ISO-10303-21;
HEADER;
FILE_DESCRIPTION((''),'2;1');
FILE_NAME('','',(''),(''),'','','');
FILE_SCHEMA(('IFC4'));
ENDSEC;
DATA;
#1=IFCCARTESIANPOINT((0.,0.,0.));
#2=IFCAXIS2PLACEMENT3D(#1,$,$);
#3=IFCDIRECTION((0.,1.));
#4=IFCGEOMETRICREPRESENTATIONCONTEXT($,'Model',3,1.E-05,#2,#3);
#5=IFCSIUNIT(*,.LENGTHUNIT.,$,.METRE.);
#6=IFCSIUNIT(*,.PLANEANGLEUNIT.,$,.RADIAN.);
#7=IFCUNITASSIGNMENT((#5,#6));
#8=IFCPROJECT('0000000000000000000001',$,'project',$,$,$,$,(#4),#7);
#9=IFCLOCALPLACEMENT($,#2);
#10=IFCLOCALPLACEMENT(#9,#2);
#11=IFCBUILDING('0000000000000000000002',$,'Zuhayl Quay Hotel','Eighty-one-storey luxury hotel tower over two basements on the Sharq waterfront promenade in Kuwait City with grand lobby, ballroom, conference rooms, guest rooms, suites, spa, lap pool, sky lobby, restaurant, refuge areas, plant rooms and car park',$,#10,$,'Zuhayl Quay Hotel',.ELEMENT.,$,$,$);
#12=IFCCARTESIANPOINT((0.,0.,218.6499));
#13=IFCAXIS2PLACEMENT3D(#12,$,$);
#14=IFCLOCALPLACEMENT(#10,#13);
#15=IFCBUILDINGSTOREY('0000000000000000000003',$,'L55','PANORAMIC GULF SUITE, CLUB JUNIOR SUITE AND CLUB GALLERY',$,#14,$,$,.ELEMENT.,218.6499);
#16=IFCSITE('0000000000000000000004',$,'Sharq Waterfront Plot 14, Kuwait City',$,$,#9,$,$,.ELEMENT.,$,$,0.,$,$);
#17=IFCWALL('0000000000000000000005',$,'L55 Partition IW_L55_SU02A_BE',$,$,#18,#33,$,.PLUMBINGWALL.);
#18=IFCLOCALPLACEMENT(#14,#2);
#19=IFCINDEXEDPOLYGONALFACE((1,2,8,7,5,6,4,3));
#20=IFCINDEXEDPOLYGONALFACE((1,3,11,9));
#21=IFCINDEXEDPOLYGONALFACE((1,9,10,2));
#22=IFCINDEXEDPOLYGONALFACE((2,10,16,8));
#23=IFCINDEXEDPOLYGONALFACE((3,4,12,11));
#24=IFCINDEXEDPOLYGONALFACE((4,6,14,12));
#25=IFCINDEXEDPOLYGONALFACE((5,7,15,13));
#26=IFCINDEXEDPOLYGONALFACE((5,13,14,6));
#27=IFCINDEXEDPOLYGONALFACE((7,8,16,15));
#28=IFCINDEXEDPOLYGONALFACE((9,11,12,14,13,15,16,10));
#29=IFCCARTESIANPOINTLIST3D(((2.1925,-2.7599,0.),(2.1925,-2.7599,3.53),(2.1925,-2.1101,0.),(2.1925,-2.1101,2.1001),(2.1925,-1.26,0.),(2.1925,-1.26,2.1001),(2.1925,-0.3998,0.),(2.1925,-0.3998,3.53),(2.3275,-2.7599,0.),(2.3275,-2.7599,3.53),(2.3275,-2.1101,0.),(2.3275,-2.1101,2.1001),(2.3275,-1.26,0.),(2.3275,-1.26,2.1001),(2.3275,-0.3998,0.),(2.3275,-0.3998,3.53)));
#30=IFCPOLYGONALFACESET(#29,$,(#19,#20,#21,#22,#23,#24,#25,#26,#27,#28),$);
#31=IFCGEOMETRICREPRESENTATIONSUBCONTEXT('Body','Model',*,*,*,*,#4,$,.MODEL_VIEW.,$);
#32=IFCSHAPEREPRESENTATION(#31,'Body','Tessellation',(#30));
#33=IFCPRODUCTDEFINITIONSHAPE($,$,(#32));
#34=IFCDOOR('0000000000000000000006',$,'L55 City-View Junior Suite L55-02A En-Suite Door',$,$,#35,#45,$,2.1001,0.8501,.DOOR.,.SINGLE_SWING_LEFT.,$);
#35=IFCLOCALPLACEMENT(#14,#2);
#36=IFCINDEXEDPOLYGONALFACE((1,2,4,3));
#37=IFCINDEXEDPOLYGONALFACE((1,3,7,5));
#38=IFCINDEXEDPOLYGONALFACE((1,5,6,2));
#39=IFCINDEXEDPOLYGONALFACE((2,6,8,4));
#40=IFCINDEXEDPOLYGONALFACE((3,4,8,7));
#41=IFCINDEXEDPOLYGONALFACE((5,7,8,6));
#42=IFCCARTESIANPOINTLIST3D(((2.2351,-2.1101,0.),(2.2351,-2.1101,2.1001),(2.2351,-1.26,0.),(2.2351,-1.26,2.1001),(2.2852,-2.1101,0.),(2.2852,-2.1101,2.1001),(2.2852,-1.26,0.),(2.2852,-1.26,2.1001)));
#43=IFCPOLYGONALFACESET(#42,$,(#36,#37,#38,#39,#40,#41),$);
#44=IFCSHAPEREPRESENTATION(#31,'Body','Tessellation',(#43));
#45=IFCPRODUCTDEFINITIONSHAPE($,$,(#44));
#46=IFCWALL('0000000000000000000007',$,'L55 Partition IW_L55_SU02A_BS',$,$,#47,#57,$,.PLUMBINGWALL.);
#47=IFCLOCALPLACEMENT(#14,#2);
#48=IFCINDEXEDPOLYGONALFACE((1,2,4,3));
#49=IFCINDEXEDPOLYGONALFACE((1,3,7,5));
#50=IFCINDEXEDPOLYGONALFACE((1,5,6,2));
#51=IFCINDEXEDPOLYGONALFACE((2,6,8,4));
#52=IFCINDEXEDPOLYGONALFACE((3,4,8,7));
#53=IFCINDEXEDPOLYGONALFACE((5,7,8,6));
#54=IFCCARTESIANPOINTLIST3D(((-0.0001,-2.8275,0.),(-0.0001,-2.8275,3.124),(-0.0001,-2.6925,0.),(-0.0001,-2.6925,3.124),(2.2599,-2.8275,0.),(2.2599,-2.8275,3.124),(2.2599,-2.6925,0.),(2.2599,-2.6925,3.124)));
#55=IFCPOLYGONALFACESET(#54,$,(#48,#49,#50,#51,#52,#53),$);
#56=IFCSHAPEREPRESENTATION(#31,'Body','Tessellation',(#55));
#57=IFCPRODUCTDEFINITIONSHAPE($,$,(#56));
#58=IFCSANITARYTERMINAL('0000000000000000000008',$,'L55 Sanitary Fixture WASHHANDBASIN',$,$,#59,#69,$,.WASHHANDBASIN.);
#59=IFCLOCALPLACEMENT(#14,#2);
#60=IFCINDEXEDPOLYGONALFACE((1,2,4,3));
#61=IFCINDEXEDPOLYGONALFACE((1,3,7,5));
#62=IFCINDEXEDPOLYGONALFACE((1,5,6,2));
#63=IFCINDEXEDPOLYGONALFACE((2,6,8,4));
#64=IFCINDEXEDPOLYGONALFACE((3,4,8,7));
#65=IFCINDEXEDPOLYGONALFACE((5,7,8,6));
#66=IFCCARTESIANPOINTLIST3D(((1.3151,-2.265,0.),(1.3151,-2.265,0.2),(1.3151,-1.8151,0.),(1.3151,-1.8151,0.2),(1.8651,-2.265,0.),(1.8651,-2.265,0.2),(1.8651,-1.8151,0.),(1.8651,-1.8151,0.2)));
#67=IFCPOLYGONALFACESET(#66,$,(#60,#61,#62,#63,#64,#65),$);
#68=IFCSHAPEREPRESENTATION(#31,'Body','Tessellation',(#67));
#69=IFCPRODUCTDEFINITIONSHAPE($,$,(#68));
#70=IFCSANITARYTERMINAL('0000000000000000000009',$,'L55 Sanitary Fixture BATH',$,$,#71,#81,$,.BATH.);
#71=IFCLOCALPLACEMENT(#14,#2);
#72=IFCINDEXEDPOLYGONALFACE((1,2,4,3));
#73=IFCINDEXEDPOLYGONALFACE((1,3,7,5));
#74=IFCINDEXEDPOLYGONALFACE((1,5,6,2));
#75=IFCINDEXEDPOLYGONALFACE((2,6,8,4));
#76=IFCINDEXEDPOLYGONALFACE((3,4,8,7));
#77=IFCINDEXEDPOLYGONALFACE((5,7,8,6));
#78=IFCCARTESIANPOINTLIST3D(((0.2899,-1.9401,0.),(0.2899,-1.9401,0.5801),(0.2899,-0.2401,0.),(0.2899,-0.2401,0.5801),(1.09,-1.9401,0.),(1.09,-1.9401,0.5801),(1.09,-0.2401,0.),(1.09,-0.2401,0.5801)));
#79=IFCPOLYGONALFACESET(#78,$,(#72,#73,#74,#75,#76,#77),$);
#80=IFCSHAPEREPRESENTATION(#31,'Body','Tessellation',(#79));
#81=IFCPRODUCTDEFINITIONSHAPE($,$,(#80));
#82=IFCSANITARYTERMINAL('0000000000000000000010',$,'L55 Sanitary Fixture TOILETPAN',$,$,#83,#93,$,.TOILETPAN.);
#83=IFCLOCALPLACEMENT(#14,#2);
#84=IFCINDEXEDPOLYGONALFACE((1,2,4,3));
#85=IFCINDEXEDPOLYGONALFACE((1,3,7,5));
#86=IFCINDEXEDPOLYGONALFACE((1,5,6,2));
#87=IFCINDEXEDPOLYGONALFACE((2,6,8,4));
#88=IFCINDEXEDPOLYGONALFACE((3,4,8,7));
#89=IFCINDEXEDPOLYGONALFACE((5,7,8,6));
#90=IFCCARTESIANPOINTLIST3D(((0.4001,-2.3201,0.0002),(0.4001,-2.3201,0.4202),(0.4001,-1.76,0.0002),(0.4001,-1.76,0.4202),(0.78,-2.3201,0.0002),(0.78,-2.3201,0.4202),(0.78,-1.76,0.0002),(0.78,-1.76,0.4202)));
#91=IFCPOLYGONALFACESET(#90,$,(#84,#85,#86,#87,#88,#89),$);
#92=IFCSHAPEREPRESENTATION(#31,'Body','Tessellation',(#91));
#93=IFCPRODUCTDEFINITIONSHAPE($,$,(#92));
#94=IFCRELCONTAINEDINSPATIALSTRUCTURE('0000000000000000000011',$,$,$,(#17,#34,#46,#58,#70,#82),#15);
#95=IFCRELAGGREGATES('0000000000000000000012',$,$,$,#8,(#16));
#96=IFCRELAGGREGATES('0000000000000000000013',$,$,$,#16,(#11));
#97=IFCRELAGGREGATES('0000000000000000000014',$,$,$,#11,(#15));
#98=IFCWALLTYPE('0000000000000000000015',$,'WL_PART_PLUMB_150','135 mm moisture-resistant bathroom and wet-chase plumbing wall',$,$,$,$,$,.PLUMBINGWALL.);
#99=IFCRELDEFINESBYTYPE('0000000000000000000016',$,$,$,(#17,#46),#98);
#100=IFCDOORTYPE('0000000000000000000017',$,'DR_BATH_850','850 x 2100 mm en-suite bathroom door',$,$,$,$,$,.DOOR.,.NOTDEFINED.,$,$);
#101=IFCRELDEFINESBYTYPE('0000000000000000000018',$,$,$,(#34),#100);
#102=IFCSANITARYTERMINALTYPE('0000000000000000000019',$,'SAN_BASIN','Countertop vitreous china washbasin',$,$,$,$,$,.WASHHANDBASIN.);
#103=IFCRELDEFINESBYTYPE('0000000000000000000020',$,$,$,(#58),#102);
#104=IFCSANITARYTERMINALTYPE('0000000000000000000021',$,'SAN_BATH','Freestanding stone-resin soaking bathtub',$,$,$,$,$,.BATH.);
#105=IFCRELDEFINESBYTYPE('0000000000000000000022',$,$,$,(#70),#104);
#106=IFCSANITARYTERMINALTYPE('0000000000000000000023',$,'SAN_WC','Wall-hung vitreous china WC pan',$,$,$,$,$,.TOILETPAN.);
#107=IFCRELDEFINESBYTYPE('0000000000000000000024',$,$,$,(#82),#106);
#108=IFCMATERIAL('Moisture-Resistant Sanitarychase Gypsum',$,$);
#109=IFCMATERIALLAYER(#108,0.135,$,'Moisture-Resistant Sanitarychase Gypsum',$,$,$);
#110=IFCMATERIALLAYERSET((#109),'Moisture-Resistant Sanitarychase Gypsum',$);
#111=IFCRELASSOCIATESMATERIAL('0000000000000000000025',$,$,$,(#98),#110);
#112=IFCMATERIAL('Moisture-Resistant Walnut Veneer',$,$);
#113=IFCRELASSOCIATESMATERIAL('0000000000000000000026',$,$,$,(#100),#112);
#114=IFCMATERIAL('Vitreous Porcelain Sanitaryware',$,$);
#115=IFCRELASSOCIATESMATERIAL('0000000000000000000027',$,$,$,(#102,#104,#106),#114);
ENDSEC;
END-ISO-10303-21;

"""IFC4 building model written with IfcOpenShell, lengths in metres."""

from ifc_helpers import new_model, si_unit, direction, frame, frame_2d, origin, origin_2d, place, context, subcontext, project, spatial, rectangle, extrude, material, layer, layer_set, type_object, element, fill, save


model = new_model("IFC4")

# Units and contexts
model_context = context("Model", 3, precision=1e-05, world=origin(), true_north=direction((0.0, 1.0)))
body_context = subcontext(model_context, "Body", "Model", "MODEL_VIEW")
ifc_project = project(units=[si_unit("LENGTHUNIT", "METRE"), si_unit("PLANEANGLEUNIT", "RADIAN")], contexts=[model_context])

# Site, building, storey
site_placement = place(None, origin())
site = spatial("IfcSite", under=ifc_project, at=site_placement, Name="Sharq Waterfront Plot 14, Kuwait City", CompositionType="ELEMENT", RefElevation=0.0)
building_placement = place(site_placement, origin())
building = spatial("IfcBuilding", under=site, at=building_placement, Name="Zuhayl Quay Hotel", Description="Eighty-one-storey luxury hotel tower over two basements on the Sharq waterfront promenade in Kuwait City with grand lobby, ballroom, conference rooms, guest rooms, suites, spa, lap pool, sky lobby, restaurant, refuge areas, plant rooms and car park", LongName="Zuhayl Quay Hotel", CompositionType="ELEMENT")
storey_placement = place(building_placement, frame((0.0, 0.0, 218.6499)))
storey = spatial("IfcBuildingStorey", under=building, at=storey_placement, Name="L55", Description="PANORAMIC GULF SUITE, CLUB JUNIOR SUITE AND CLUB GALLERY", CompositionType="ELEMENT", Elevation=218.6499)

# Wall, opening, door
ifc_material_1 = material(Name="Moisture-Resistant Sanitarychase Gypsum")
ifc_layer_1 = layer(ifc_material_1, 0.135, Name="Moisture-Resistant Sanitarychase Gypsum")
ifc_layer_set_1 = layer_set([ifc_layer_1], Name="Moisture-Resistant Sanitarychase Gypsum")
wall_type_1 = type_object("IfcWallType", Name="WL_PART_PLUMB_150", Description="135 mm moisture-resistant bathroom and wet-chase plumbing wall", PredefinedType="PLUMBINGWALL", material=ifc_layer_set_1)
wall_1_placement = place(storey_placement, frame((2.26, -2.76, 0.0), z_axis=(0.0, 0.0, 1.0), x_axis=(0.0, 1.0, 0.0)))
wall_1 = element("IfcWall", 1, at=wall_1_placement, inside=storey, type_object=wall_type_1, Name="L55 Partition IW_L55_SU02A_BE", PredefinedType="PLUMBINGWALL", context=body_context, shape_type="SweptSolid", body=[
    extrude(rectangle(XDim=2.3601, YDim=0.135, at=frame_2d((1.1802, 0.0))), origin(), (0.0, 0.0, 1.0), 3.53),
])
opening_1_placement = place(wall_1_placement, frame((0.6499, 0.0, 0.0)))
opening_1 = element("IfcOpeningElement", 2, at=opening_1_placement, cuts=wall_1, PredefinedType="OPENING", context=body_context, shape_type="SweptSolid", body=[
    extrude(rectangle(XDim=0.8501, YDim=2.1001, at=frame_2d((0.425, 1.05))), frame((0.0, 0.0774, 0.0), z_axis=(0.0, -1.0, 0.0), x_axis=(1.0, 0.0, 0.0)), (0.0, 0.0, 1.0), 0.155),
])
ifc_material_2 = material(Name="Moisture-Resistant Walnut Veneer")
door_type_1 = type_object("IfcDoorType", Name="DR_BATH_850", Description="850 x 2100 mm en-suite bathroom door", OperationType="NOTDEFINED", PredefinedType="DOOR", material=ifc_material_2)
door_1_placement = place(opening_1_placement, origin())
door_1 = element("IfcDoor", 3, at=door_1_placement, inside=storey, type_object=door_type_1, Name="L55 City-View Junior Suite L55-02A En-Suite Door", OperationType="SINGLE_SWING_LEFT", OverallHeight=2.1001, OverallWidth=0.8501, PredefinedType="DOOR", context=body_context, shape_type="SweptSolid", body=[
    extrude(rectangle(XDim=0.8501, YDim=2.1001, at=frame_2d((0.425, 1.05))), frame((0.0, 0.0249, 0.0), z_axis=(0.0, -1.0, 0.0), x_axis=(1.0, 0.0, 0.0)), (0.0, 0.0, 1.0), 0.05),
])
fill(opening_1, door_1)

# Wall
wall_2_placement = place(storey_placement, frame((0.0, -2.76, 0.0), z_axis=(0.0, 0.0, 1.0), x_axis=(1.0, 0.0, 0.0)))
element("IfcWall", 4, at=wall_2_placement, inside=storey, type_object=wall_type_1, Name="L55 Partition IW_L55_SU02A_BS", PredefinedType="PLUMBINGWALL", context=body_context, shape_type="SweptSolid", body=[
    extrude(rectangle(XDim=2.26, YDim=0.135, at=frame_2d((1.1299, 0.0))), origin(), (0.0, 0.0, 1.0), 3.124),
])

# Sanitary terminals
ifc_material_3 = material(Name="Vitreous Porcelain Sanitaryware")
sanitary_terminal_type_1 = type_object("IfcSanitaryTerminalType", Name="SAN_BASIN", Description="Countertop vitreous china washbasin", PredefinedType="WASHHANDBASIN", material=ifc_material_3)
sanitary_terminal_1_placement = place(storey_placement, frame((1.5901, -2.04, 0.0), z_axis=(0.0, 0.0, 1.0), x_axis=(1.0, 0.0, 0.0)))
element("IfcSanitaryTerminal", 5, at=sanitary_terminal_1_placement, inside=storey, type_object=sanitary_terminal_type_1, Name="L55 Sanitary Fixture WASHHANDBASIN", PredefinedType="WASHHANDBASIN", context=body_context, shape_type="SweptSolid", body=[
    extrude(rectangle(XDim=0.55, YDim=0.45, at=origin_2d()), origin(), (0.0, 0.0, 1.0), 0.2),
])
sanitary_terminal_type_2 = type_object("IfcSanitaryTerminalType", Name="SAN_BATH", Description="Freestanding stone-resin soaking bathtub", PredefinedType="BATH", material=ifc_material_3)
sanitary_terminal_2_placement = place(storey_placement, frame((0.6899, -1.0901, 0.0), z_axis=(0.0, 0.0, 1.0), x_axis=(1.0, 0.0, 0.0)))
element("IfcSanitaryTerminal", 6, at=sanitary_terminal_2_placement, inside=storey, type_object=sanitary_terminal_type_2, Name="L55 Sanitary Fixture BATH", PredefinedType="BATH", context=body_context, shape_type="SweptSolid", body=[
    extrude(rectangle(XDim=0.8, YDim=1.7, at=origin_2d()), origin(), (0.0, 0.0, 1.0), 0.5801),
])
sanitary_terminal_type_3 = type_object("IfcSanitaryTerminalType", Name="SAN_WC", Description="Wall-hung vitreous china WC pan", PredefinedType="TOILETPAN", material=ifc_material_3)
sanitary_terminal_3_placement = place(storey_placement, frame((0.5901, -2.04, 0.0002), z_axis=(0.0, 0.0, 1.0), x_axis=(1.0, 0.0, 0.0)))
element("IfcSanitaryTerminal", 7, at=sanitary_terminal_3_placement, inside=storey, type_object=sanitary_terminal_type_3, Name="L55 Sanitary Fixture TOILETPAN", PredefinedType="TOILETPAN", context=body_context, shape_type="SweptSolid", body=[
    extrude(rectangle(XDim=0.3799, YDim=0.5601, at=origin_2d()), origin(), (0.0, 0.0, 1.0), 0.4199),
])

save(model, "model.ifc")
